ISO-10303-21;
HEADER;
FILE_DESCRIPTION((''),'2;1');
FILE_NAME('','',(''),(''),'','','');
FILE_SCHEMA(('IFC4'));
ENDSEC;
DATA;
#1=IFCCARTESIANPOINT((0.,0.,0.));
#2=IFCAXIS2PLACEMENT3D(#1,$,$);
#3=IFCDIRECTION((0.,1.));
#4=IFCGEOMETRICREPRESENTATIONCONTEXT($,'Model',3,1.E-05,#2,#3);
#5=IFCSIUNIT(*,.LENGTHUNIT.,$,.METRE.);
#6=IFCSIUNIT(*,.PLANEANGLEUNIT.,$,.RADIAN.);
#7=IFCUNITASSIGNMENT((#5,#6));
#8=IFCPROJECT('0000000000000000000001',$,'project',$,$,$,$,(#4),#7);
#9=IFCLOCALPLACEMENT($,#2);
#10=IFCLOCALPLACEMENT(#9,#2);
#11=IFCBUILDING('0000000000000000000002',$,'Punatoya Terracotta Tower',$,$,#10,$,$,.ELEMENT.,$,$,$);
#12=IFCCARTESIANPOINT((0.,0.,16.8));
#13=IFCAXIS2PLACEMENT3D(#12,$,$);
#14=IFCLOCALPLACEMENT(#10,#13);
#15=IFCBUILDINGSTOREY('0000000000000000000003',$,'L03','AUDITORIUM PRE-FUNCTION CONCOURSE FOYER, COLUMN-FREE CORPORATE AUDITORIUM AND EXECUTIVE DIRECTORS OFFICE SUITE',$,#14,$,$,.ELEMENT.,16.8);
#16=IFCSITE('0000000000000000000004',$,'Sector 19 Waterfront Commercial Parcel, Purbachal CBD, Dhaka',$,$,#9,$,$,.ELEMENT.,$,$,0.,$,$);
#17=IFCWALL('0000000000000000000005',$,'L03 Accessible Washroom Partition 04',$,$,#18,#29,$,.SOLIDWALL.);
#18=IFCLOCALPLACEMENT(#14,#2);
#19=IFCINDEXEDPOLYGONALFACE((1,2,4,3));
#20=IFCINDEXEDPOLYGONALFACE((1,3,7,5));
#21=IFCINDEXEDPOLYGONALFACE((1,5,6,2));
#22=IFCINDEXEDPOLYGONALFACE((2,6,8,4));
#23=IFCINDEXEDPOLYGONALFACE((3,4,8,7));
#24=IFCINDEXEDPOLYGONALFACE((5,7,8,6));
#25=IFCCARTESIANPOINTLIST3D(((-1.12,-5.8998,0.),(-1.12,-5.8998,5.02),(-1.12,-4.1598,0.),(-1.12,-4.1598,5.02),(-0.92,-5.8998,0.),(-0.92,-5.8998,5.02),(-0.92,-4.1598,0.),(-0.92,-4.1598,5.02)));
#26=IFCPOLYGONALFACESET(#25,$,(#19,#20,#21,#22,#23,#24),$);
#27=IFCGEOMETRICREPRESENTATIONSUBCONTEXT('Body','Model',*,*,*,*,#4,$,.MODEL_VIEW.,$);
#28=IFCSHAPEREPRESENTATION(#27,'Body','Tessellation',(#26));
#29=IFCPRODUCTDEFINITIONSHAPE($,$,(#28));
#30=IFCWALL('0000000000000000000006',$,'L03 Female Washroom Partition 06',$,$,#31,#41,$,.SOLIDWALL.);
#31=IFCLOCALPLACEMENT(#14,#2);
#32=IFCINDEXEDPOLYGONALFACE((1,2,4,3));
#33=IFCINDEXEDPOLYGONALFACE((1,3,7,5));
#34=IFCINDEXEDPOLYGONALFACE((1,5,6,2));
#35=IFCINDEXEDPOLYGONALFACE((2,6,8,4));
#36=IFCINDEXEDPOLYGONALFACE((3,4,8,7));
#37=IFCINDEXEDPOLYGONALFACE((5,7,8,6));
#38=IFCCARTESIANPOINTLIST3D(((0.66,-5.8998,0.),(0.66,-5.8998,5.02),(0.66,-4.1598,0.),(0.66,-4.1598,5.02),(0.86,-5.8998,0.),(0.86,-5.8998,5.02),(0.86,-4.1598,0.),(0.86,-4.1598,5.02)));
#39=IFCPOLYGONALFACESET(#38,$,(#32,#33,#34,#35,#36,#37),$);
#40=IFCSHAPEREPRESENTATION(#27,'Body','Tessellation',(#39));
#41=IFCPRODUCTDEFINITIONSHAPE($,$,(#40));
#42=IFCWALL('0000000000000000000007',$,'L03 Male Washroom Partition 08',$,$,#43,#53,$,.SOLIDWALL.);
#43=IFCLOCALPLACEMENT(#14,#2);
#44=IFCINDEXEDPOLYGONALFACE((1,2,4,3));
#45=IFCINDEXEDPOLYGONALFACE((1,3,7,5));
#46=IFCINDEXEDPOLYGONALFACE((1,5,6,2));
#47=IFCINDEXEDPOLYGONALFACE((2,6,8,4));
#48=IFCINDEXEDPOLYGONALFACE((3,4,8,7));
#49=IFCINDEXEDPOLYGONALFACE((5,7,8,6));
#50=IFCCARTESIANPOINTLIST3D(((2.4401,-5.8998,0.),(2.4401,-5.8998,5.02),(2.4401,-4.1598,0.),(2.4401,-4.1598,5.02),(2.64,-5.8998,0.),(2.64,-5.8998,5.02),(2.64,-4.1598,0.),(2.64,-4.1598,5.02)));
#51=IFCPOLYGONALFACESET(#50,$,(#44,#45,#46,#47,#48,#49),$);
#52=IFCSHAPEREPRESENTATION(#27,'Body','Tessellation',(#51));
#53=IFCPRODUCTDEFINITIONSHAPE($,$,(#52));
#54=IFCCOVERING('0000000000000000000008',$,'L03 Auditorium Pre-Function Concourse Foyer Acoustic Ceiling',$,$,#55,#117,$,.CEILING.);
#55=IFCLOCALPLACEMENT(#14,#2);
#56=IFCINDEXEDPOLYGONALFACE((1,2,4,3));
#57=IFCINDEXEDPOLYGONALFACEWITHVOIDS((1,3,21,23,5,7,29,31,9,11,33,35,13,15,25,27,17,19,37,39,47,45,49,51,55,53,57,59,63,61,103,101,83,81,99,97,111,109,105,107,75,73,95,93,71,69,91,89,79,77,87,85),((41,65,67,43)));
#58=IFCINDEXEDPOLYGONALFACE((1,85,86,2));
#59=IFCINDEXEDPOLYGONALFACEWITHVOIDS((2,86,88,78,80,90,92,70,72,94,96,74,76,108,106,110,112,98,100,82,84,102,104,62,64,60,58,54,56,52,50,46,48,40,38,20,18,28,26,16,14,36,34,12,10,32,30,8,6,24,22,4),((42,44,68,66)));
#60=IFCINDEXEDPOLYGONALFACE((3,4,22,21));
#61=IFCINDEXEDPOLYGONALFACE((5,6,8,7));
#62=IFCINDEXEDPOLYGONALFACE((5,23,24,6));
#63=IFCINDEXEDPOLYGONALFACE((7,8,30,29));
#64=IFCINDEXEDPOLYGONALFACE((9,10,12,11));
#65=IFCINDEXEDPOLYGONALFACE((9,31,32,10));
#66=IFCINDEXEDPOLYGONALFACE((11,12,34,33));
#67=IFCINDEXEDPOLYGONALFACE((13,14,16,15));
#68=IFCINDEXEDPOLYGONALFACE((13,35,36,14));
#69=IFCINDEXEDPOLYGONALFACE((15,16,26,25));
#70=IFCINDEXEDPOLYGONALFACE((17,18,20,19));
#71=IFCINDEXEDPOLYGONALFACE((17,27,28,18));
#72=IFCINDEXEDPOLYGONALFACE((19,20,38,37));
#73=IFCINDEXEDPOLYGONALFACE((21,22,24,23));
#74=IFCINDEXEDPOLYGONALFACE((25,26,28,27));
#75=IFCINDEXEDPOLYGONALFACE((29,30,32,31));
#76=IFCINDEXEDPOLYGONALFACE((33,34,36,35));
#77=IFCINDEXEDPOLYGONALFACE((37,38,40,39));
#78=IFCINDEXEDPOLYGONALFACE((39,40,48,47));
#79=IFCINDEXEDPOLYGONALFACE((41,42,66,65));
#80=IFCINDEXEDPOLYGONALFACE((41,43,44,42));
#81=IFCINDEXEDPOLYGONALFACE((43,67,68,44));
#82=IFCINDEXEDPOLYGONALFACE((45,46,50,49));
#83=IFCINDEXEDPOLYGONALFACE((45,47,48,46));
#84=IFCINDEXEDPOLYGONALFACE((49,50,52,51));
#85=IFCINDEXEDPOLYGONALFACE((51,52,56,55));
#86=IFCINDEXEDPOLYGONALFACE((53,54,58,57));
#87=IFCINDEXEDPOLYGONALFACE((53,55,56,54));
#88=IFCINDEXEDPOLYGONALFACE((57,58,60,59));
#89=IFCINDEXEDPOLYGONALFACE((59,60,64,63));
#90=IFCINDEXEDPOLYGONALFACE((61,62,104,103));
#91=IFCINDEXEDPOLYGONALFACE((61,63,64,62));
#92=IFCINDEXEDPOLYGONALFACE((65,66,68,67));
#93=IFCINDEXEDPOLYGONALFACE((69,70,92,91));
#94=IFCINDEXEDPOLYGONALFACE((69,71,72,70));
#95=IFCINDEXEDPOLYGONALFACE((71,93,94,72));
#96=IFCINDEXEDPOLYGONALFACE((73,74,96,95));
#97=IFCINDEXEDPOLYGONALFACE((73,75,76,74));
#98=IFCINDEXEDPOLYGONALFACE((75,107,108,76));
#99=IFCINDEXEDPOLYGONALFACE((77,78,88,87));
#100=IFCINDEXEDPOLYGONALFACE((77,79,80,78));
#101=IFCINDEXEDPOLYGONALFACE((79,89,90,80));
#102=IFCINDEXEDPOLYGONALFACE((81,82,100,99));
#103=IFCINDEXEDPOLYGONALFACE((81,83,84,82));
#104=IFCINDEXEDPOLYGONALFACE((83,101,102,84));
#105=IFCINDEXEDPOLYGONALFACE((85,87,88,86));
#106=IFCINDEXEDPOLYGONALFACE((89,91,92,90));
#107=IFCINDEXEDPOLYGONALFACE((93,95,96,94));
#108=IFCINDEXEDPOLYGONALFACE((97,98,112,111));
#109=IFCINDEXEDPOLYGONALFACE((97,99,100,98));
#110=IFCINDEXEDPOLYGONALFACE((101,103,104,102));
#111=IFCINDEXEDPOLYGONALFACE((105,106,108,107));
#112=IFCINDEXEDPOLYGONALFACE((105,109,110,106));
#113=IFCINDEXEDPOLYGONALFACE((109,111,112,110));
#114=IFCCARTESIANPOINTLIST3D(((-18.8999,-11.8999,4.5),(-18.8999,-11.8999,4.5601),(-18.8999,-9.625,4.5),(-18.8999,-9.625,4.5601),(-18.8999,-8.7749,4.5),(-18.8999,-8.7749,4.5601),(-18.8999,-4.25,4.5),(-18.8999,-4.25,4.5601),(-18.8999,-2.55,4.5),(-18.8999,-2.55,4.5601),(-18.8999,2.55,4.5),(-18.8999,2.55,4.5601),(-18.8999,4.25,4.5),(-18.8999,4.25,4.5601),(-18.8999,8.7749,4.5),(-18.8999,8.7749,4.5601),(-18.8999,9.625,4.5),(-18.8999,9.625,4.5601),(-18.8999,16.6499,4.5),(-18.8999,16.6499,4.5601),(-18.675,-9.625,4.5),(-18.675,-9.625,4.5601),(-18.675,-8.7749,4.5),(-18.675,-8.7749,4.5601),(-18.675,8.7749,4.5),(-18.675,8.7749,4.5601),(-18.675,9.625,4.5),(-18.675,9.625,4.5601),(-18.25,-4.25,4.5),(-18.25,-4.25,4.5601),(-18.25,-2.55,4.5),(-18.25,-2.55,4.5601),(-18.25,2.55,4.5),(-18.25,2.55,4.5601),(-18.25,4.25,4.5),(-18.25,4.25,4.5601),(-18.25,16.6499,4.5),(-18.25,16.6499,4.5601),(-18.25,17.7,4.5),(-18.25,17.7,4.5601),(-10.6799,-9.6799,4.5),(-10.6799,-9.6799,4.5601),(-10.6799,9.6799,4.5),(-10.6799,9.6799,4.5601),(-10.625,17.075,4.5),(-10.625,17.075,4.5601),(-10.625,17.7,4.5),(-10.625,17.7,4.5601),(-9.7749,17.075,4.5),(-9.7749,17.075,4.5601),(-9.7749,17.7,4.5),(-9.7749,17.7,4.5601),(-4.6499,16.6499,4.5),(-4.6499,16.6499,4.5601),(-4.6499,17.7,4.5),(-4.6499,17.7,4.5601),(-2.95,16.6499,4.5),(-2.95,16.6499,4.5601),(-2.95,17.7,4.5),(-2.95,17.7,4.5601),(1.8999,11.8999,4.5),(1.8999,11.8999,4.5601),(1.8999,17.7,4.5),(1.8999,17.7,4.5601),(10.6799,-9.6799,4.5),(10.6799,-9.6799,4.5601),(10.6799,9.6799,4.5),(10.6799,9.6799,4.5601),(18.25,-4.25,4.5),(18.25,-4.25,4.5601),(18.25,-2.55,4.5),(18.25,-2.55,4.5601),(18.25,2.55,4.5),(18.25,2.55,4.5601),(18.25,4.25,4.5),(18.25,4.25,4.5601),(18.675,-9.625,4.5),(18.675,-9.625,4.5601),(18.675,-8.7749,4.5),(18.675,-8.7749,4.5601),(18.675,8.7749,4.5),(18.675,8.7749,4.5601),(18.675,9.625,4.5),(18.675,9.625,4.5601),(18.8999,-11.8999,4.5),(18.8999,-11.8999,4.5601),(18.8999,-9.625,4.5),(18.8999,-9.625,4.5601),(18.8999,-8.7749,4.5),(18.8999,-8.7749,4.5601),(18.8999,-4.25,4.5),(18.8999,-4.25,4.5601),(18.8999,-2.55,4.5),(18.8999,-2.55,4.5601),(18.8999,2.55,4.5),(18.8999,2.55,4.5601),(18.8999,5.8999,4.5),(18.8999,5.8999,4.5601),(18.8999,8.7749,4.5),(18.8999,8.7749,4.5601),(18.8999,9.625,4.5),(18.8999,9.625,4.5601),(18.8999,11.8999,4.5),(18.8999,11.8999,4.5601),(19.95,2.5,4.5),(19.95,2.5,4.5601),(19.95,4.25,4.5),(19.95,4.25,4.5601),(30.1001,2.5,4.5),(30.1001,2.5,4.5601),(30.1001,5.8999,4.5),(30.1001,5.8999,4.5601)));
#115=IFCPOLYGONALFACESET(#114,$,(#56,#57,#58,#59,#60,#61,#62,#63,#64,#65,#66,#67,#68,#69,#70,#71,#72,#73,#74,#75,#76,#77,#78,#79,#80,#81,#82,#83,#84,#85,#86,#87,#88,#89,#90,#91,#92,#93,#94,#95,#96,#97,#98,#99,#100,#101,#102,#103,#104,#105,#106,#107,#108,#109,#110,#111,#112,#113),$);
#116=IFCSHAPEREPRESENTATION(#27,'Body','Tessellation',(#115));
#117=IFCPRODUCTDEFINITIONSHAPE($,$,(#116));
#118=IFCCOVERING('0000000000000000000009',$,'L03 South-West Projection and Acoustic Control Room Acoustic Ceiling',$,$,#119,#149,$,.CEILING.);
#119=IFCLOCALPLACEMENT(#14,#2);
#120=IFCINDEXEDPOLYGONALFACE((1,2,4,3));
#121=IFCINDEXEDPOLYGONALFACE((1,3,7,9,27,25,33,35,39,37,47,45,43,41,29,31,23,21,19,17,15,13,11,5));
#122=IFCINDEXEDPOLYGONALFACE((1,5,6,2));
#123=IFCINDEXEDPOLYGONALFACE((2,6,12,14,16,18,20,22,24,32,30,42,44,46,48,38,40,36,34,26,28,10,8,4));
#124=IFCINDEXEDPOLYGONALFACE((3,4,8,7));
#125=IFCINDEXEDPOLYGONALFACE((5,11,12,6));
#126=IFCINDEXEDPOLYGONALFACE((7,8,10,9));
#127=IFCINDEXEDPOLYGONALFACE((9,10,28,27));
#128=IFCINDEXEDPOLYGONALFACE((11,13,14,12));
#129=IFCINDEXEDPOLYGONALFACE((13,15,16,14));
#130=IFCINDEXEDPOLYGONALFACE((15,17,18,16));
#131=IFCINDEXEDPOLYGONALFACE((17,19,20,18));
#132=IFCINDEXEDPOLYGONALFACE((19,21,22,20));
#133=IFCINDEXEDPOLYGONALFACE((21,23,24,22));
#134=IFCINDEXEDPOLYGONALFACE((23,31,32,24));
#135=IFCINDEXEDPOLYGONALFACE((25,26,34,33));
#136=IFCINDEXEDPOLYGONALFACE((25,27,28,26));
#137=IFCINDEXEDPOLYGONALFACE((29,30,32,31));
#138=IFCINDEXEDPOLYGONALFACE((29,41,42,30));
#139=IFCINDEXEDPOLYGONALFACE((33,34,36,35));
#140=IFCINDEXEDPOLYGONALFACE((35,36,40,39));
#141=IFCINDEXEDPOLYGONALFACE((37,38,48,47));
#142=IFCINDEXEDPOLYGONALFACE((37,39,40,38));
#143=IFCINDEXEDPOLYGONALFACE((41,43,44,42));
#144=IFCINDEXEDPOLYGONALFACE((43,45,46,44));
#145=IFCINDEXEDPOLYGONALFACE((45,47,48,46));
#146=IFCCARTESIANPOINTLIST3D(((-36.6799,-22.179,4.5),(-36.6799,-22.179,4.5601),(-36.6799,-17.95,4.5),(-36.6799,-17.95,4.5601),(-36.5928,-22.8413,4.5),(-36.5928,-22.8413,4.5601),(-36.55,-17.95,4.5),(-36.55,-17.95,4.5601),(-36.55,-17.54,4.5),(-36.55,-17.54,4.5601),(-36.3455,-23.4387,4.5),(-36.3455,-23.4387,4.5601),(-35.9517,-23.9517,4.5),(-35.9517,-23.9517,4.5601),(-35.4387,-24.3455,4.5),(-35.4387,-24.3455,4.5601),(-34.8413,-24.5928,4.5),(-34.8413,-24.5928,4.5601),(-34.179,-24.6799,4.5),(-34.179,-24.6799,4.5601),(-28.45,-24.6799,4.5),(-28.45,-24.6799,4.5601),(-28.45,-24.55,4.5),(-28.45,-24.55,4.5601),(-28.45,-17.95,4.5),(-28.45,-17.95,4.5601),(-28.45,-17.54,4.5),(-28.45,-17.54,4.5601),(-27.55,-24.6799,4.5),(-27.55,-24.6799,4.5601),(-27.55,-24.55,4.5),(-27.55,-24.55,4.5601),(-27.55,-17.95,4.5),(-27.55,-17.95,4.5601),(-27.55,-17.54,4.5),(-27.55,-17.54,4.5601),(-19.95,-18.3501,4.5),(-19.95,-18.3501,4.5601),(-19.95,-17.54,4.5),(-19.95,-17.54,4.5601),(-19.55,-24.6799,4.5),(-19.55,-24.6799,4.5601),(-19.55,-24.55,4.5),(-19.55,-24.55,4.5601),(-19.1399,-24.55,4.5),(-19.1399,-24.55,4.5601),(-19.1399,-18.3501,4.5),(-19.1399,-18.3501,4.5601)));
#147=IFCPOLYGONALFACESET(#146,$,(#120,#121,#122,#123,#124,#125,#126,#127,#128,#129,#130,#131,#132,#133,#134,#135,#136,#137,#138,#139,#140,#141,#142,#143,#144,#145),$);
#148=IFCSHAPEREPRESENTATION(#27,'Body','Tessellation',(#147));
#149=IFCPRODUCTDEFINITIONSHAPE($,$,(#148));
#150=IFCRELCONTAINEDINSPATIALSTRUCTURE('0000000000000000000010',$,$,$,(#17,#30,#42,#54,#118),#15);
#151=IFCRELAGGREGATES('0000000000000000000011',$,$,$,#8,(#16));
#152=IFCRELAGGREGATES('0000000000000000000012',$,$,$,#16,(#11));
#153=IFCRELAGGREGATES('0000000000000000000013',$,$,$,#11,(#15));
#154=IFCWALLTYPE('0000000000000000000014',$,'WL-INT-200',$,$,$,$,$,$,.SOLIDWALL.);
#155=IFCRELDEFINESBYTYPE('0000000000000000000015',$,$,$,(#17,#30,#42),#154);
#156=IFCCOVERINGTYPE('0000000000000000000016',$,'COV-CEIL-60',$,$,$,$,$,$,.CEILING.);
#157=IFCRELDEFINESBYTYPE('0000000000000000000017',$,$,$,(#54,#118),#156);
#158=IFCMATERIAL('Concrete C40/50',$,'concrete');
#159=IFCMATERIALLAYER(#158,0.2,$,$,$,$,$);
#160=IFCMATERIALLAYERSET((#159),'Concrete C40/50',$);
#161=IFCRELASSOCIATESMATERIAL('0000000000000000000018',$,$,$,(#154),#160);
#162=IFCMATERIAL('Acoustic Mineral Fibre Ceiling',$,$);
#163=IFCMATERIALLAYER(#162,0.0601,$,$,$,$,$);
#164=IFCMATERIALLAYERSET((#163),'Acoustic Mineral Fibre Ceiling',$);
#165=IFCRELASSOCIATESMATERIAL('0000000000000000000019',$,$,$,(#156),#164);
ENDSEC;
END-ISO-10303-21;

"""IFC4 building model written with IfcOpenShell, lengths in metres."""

from ifc_helpers import new_model, si_unit, direction, frame, frame_2d, origin, place, context, subcontext, project, spatial, polyline, rectangle, outline, extrude, material, layer, layer_set, type_object, element, save


model = new_model("IFC4")

# Units and contexts
model_context = context("Model", 3, precision=1e-05, world=origin(), true_north=direction((0.0, 1.0)))
body_context = subcontext(model_context, "Body", "Model", "MODEL_VIEW")
ifc_project = project(units=[si_unit("LENGTHUNIT", "METRE"), si_unit("PLANEANGLEUNIT", "RADIAN")], contexts=[model_context])

# Site, building, storey
site_placement = place(None, origin())
site = spatial("IfcSite", under=ifc_project, at=site_placement, Name="Sector 19 Waterfront Commercial Parcel, Purbachal CBD, Dhaka", CompositionType="ELEMENT", RefElevation=0.0)
building_placement = place(site_placement, origin())
building = spatial("IfcBuilding", under=site, at=building_placement, Name="Punatoya Terracotta Tower", CompositionType="ELEMENT")
storey_placement = place(building_placement, frame((0.0, 0.0, 16.8)))
storey = spatial("IfcBuildingStorey", under=building, at=storey_placement, Name="L03", Description="AUDITORIUM PRE-FUNCTION CONCOURSE FOYER, COLUMN-FREE CORPORATE AUDITORIUM AND EXECUTIVE DIRECTORS OFFICE SUITE", CompositionType="ELEMENT", Elevation=16.8)

# Shared definitions
ifc_material_1 = material(Name="Concrete C40/50", Category="concrete")

# Wall
ifc_layer_1 = layer(ifc_material_1, 0.2)
ifc_layer_set_1 = layer_set([ifc_layer_1], Name="Concrete C40/50")
wall_type = type_object("IfcWallType", Name="WL-INT-200", PredefinedType="SOLIDWALL", material=ifc_layer_set_1)
wall_1_placement = place(storey_placement, frame((-1.02, -5.8999, 0.0), z_axis=(0.0, 0.0, 1.0), x_axis=(0.0, 1.0, 0.0)))
element("IfcWall", 1, at=wall_1_placement, inside=storey, type_object=wall_type, Name="L03 Accessible Washroom Partition 04", PredefinedType="SOLIDWALL", context=body_context, shape_type="SweptSolid", body=[
    extrude(rectangle(XDim=1.74, YDim=0.2, at=frame_2d((0.8701, 0.0))), origin(), (0.0, 0.0, 1.0), 5.02),
])

# Wall
wall_2_placement = place(storey_placement, frame((0.76, -5.8999, 0.0), z_axis=(0.0, 0.0, 1.0), x_axis=(0.0, 1.0, 0.0)))
element("IfcWall", 2, at=wall_2_placement, inside=storey, type_object=wall_type, Name="L03 Female Washroom Partition 06", PredefinedType="SOLIDWALL", context=body_context, shape_type="SweptSolid", body=[
    extrude(rectangle(XDim=1.74, YDim=0.2, at=frame_2d((0.8701, 0.0))), origin(), (0.0, 0.0, 1.0), 5.02),
])

# Wall
wall_3_placement = place(storey_placement, frame((2.54, -5.8999, 0.0), z_axis=(0.0, 0.0, 1.0), x_axis=(0.0, 1.0, 0.0)))
element("IfcWall", 3, at=wall_3_placement, inside=storey, type_object=wall_type, Name="L03 Male Washroom Partition 08", PredefinedType="SOLIDWALL", context=body_context, shape_type="SweptSolid", body=[
    extrude(rectangle(XDim=1.74, YDim=0.2, at=frame_2d((0.8701, 0.0))), origin(), (0.0, 0.0, 1.0), 5.02),
])

# Coverings
ifc_material_2 = material(Name="Acoustic Mineral Fibre Ceiling")
ifc_layer_2 = layer(ifc_material_2, 0.0601)
ifc_layer_set_2 = layer_set([ifc_layer_2], Name="Acoustic Mineral Fibre Ceiling")
covering_type_1 = type_object("IfcCoveringType", Name="COV-CEIL-60", PredefinedType="CEILING", material=ifc_layer_set_2)
covering_1_placement = place(storey_placement, frame((0.0, 0.0, 4.5)))
element("IfcCovering", 4, at=covering_1_placement, inside=storey, type_object=covering_type_1, Name="L03 Auditorium Pre-Function Concourse Foyer Acoustic Ceiling", PredefinedType="CEILING", context=body_context, shape_type="SweptSolid", body=[
    extrude(outline(polyline([(-18.8999, 4.25), (-18.25, 4.25), (-18.25, 2.55), (-18.8999, 2.55), (-18.8999, -2.55), (-18.25, -2.55), (-18.25, -4.25), (-18.8999, -4.25), (-18.8999, -8.7749), (-18.675, -8.7749), (-18.675, -9.625), (-18.8999, -9.625), (-18.8999, -11.8999), (18.8999, -11.8999), (18.8999, -9.625), (18.675, -9.625), (18.675, -8.7749), (18.8999, -8.7749), (18.8999, -4.25), (18.25, -4.25), (18.25, -2.55), (18.8999, -2.55), (18.8999, 2.55), (18.25, 2.55), (18.25, 4.25), (19.95, 4.25), (19.95, 2.5), (30.1001, 2.5), (30.1001, 5.8999), (18.8999, 5.8999), (18.8999, 8.7749), (18.675, 8.7749), (18.675, 9.625), (18.8999, 9.625), (18.8999, 11.8999), (1.8999, 11.8999), (1.8999, 17.7), (-2.95, 17.7), (-2.95, 16.6499), (-4.6499, 16.6499), (-4.6499, 17.7), (-9.7749, 17.7), (-9.7749, 17.075), (-10.625, 17.075), (-10.625, 17.7), (-18.25, 17.7), (-18.25, 16.6499), (-18.8999, 16.6499), (-18.8999, 9.625), (-18.675, 9.625), (-18.675, 8.7749), (-18.8999, 8.7749), (-18.8999, 4.25)]), holes=[polyline([(10.6799, 9.6799), (10.6799, -9.6799), (-10.6799, -9.6799), (-10.6799, 9.6799), (10.6799, 9.6799)])]), origin(), (0.0, 0.0, 1.0), 0.0601),
])
covering_2_placement = place(storey_placement, frame((0.0, 0.0, 4.5)))
element("IfcCovering", 5, at=covering_2_placement, inside=storey, type_object=covering_type_1, Name="L03 South-West Projection and Acoustic Control Room Acoustic Ceiling", PredefinedType="CEILING", context=body_context, shape_type="SweptSolid", body=[
    extrude(outline(polyline([(-34.179, -24.6799), (-28.45, -24.6799), (-28.45, -24.55), (-27.55, -24.55), (-27.55, -24.6799), (-19.55, -24.6799), (-19.55, -24.55), (-19.1399, -24.55), (-19.1399, -18.3501), (-19.95, -18.3501), (-19.95, -17.54), (-27.55, -17.54), (-27.55, -17.95), (-28.45, -17.95), (-28.45, -17.54), (-36.55, -17.54), (-36.55, -17.95), (-36.6799, -17.95), (-36.6799, -22.179), (-36.5928, -22.8413), (-36.3455, -23.4387), (-35.9517, -23.9517), (-35.4387, -24.3455), (-34.8413, -24.5928), (-34.179, -24.6799)])), origin(), (0.0, 0.0, 1.0), 0.0601),
])

save(model, "model.ifc")
